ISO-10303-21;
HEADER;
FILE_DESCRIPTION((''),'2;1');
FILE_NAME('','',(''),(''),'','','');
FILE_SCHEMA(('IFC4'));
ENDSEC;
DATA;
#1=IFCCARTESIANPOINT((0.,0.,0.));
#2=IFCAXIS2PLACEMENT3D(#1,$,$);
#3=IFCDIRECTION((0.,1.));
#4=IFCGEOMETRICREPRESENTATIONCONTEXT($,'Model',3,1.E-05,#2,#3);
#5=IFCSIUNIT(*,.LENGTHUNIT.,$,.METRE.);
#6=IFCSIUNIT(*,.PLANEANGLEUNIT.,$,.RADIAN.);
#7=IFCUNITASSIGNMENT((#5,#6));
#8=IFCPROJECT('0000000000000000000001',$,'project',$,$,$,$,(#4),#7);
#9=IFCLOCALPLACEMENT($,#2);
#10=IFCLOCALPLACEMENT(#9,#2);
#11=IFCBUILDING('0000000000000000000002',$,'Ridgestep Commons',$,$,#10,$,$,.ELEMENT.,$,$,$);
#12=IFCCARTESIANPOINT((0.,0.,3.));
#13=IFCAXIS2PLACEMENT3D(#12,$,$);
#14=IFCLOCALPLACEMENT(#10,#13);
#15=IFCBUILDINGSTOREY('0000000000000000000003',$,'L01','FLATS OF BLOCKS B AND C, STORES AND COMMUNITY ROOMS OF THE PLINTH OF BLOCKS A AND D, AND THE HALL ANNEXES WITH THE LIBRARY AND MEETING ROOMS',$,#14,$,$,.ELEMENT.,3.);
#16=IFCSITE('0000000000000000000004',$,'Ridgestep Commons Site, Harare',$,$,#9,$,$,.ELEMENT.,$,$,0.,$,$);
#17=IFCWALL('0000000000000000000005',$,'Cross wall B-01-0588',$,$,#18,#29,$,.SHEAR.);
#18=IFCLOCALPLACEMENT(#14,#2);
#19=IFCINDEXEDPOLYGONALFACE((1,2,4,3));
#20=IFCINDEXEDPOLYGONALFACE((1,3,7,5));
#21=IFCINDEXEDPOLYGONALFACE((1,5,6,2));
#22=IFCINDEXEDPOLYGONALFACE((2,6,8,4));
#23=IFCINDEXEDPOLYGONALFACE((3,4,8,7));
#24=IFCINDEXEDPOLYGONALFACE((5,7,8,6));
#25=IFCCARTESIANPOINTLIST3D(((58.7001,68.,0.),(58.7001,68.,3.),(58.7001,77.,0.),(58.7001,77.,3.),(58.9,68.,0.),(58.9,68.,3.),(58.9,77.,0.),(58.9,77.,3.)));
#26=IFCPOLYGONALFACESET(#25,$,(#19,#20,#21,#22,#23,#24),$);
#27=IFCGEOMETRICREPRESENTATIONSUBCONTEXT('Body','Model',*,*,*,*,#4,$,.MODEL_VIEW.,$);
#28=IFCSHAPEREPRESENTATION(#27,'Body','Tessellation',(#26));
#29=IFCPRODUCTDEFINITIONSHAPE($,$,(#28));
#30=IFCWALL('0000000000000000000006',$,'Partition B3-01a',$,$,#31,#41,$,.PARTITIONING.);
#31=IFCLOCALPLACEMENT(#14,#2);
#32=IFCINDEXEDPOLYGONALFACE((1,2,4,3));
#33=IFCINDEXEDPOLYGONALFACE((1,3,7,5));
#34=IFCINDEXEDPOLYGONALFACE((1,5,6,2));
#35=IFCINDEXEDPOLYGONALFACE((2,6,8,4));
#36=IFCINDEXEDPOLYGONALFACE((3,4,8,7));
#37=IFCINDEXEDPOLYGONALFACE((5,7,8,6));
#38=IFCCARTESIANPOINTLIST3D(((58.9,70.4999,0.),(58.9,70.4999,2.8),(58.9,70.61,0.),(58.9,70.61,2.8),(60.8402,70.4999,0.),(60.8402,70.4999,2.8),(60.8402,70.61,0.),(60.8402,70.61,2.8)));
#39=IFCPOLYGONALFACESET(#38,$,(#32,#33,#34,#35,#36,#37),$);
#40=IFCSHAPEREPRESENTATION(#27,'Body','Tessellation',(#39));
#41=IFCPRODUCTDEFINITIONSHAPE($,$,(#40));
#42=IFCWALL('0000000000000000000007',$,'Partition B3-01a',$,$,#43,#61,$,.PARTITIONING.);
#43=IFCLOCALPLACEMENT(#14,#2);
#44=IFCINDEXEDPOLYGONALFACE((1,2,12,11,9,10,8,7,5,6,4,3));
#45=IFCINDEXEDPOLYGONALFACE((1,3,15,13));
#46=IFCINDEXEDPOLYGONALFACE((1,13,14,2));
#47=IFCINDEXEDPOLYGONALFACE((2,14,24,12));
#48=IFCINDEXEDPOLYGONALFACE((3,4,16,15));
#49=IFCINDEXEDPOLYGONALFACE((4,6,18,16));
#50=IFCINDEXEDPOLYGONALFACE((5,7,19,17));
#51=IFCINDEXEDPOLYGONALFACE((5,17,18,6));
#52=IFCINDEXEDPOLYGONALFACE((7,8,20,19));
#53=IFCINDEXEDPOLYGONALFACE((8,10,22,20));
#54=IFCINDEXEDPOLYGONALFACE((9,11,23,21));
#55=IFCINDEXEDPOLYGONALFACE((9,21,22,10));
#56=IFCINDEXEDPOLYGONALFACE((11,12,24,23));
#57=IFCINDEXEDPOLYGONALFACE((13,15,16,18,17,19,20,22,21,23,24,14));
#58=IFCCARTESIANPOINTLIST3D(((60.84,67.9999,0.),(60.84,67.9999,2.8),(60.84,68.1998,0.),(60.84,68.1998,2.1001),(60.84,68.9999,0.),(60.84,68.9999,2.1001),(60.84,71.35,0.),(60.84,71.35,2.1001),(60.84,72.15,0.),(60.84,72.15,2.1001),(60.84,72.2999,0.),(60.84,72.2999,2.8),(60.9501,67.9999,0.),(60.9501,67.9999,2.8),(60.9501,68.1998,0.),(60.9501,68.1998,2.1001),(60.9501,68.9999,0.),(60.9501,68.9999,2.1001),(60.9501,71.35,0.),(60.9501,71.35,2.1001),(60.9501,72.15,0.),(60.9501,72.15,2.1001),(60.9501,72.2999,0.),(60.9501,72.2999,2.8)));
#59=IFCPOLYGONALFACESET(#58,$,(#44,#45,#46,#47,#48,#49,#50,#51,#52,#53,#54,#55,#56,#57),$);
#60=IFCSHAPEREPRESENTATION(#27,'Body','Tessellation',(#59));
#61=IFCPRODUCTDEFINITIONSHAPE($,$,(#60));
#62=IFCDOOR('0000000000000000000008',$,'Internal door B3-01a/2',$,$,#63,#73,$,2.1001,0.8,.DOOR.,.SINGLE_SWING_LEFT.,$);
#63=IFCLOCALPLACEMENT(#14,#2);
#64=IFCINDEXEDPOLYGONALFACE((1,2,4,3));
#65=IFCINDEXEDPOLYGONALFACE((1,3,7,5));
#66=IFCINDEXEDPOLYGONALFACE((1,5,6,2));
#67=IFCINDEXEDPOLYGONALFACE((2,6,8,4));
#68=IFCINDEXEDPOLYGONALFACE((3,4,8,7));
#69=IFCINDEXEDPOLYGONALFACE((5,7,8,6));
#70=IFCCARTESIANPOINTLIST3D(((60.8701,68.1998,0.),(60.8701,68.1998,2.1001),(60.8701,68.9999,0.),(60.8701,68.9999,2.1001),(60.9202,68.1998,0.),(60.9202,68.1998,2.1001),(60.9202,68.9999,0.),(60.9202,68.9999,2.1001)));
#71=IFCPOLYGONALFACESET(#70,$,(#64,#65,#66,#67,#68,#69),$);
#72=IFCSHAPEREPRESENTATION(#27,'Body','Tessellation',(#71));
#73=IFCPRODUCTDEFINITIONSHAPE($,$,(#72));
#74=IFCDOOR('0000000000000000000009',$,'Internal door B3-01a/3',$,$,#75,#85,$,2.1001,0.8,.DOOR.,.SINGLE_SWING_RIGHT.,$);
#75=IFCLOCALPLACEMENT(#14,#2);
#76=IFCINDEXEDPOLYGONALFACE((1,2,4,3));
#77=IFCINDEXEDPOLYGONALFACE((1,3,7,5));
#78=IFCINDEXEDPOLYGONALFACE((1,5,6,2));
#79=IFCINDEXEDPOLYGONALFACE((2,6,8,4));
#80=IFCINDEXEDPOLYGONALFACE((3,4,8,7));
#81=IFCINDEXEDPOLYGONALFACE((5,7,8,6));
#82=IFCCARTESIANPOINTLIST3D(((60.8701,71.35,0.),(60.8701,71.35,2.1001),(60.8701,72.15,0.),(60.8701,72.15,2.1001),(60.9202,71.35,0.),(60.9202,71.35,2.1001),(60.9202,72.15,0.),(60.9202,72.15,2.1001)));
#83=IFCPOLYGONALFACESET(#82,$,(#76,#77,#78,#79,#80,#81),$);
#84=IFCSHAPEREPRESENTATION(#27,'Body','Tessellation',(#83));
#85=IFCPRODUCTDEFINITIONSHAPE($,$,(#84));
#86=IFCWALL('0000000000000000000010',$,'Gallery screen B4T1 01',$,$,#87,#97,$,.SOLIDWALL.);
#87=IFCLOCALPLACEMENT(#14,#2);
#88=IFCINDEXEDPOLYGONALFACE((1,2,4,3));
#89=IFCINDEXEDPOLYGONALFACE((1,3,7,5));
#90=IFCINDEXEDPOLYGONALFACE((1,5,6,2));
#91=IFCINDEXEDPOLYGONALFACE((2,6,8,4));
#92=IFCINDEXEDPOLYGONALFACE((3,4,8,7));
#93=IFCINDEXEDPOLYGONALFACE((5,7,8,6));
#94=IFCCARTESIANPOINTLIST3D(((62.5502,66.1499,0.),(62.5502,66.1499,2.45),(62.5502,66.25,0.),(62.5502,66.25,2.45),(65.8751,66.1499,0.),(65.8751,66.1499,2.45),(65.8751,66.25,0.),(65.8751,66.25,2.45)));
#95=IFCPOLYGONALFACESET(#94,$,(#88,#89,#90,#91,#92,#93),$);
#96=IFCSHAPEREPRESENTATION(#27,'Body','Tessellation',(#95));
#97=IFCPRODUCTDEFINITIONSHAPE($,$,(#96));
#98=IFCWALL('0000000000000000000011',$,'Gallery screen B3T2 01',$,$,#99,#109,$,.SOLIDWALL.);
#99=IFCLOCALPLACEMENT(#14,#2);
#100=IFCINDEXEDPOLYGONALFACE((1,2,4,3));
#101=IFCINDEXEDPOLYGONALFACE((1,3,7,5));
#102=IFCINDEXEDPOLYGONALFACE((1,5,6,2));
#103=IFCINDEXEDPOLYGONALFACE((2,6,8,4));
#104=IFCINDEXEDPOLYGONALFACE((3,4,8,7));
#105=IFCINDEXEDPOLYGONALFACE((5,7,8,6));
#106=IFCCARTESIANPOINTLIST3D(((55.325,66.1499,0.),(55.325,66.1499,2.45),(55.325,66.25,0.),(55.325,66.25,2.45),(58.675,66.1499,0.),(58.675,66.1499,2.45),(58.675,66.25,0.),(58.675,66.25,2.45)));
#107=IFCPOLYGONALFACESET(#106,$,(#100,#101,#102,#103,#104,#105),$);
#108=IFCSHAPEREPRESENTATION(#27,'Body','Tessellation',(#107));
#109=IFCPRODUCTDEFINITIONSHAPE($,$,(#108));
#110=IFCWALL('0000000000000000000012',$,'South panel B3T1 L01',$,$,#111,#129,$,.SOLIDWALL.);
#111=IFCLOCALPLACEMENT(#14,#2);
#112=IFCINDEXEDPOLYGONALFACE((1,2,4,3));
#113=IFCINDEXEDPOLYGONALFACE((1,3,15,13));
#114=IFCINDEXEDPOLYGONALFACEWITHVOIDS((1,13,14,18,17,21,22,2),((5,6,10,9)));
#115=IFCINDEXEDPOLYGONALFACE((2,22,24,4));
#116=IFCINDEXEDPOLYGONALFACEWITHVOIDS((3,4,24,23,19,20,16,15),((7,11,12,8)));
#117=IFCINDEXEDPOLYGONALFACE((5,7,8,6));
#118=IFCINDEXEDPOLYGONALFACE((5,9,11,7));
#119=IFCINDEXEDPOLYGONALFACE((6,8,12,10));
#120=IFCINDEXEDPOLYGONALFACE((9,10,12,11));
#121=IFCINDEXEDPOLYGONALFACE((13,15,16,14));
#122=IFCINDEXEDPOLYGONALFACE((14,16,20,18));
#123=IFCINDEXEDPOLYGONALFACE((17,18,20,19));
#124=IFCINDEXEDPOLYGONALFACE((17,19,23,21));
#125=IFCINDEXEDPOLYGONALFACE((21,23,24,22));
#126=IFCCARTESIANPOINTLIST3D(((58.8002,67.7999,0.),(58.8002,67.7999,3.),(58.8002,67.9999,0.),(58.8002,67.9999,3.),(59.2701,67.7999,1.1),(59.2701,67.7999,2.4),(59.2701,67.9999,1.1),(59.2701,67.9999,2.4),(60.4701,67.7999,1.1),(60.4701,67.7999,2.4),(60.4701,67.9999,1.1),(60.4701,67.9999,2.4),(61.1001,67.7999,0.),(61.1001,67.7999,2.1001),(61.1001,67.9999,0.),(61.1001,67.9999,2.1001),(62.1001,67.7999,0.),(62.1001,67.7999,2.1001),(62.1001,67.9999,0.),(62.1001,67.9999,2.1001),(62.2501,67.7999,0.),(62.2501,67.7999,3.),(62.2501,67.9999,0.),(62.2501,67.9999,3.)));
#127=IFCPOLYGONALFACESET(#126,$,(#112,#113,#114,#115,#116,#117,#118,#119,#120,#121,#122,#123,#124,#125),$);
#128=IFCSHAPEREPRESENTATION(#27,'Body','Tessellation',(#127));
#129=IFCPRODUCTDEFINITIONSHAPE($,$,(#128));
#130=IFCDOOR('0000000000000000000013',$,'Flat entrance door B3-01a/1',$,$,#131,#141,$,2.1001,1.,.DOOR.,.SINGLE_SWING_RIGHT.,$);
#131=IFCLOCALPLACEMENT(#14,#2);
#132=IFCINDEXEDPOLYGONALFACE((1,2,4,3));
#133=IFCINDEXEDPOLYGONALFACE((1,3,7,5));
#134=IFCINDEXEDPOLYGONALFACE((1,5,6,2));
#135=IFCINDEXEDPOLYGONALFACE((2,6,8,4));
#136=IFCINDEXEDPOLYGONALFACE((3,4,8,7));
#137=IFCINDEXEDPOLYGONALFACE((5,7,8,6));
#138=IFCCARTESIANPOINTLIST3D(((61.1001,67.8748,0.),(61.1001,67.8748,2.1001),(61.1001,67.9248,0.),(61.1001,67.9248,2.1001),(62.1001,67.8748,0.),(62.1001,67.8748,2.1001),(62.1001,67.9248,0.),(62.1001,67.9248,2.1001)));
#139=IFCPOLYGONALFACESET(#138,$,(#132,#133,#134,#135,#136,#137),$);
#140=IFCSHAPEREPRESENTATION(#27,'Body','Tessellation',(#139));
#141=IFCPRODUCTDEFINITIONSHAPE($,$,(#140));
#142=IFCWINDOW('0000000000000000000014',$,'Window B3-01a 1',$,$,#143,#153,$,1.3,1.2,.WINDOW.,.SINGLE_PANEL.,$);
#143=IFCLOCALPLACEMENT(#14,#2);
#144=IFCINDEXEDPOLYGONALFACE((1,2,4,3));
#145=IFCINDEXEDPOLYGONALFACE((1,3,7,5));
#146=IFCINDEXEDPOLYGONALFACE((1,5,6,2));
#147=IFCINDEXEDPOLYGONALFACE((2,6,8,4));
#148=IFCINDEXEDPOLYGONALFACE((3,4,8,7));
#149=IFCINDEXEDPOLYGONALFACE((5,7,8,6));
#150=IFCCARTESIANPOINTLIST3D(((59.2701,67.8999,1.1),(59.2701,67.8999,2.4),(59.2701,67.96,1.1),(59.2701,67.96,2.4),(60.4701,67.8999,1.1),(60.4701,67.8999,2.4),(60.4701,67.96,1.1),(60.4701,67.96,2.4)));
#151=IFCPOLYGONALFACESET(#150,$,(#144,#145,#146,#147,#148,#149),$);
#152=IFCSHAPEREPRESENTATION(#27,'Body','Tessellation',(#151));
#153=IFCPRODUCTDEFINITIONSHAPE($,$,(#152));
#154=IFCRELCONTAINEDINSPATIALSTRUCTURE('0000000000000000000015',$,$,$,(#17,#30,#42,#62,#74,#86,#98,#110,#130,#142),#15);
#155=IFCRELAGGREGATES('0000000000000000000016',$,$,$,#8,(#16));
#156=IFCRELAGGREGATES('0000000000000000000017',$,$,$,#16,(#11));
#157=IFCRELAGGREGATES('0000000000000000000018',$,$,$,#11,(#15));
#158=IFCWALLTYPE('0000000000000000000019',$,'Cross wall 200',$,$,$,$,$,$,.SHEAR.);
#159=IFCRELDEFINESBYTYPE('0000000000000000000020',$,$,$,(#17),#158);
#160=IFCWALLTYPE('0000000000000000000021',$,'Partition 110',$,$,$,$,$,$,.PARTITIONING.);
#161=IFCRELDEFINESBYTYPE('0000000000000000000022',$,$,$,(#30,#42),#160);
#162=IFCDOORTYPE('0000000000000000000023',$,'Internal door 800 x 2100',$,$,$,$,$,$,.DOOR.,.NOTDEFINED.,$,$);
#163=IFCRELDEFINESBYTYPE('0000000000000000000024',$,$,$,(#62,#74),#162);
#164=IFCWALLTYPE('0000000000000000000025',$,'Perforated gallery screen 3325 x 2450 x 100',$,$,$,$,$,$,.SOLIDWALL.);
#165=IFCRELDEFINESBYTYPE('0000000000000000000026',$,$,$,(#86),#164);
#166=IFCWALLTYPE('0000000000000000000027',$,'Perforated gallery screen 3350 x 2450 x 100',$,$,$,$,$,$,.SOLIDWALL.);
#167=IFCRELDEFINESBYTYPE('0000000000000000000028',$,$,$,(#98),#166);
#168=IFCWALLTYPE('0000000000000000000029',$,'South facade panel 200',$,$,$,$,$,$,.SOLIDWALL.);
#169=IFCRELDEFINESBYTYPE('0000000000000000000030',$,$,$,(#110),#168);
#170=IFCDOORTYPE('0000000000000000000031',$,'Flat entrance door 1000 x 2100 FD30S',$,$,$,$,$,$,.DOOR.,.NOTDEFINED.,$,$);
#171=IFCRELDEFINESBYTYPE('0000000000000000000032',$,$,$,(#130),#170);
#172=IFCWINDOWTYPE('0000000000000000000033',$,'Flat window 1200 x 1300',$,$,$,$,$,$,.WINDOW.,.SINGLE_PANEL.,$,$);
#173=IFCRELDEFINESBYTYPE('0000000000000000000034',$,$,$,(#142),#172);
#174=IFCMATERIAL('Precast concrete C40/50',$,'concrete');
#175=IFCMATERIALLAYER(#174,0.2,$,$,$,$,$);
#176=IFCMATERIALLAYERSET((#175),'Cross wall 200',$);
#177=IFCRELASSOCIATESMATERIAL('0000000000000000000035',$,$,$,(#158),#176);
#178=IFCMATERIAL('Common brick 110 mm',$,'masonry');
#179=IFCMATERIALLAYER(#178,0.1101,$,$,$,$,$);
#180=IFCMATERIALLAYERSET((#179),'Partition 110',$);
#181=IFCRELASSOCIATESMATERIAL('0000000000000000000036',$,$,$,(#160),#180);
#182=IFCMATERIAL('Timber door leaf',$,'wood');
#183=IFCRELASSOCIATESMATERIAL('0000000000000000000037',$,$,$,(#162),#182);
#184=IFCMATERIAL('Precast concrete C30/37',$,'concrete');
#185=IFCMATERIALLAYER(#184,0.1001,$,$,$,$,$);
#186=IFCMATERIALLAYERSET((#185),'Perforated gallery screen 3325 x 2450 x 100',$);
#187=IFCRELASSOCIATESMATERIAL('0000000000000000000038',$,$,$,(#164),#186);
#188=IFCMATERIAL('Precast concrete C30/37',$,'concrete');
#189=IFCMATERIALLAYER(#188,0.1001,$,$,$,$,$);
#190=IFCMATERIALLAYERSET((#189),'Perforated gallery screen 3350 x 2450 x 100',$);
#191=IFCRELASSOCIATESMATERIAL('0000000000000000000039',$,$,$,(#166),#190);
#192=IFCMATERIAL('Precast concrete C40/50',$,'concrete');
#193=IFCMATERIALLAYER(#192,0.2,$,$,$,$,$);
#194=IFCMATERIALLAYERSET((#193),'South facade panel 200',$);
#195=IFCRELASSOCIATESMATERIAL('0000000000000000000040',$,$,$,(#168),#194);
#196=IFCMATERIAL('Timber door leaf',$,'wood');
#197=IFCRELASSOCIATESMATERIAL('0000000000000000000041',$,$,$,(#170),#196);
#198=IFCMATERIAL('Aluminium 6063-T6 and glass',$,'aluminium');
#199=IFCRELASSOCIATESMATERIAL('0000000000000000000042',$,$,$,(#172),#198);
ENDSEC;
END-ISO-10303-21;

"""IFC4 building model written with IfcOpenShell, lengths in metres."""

from ifc_helpers import new_model, si_unit, direction, frame, frame_2d, origin, place, context, subcontext, project, spatial, rectangle, extrude, material, layer, layer_set, type_object, element, fill, save


model = new_model("IFC4")

# Units and contexts
model_context = context("Model", 3, precision=1e-05, world=origin(), true_north=direction((0.0, 1.0)))
body_context = subcontext(model_context, "Body", "Model", "MODEL_VIEW")
ifc_project = project(units=[si_unit("LENGTHUNIT", "METRE"), si_unit("PLANEANGLEUNIT", "RADIAN")], contexts=[model_context])

# Site, building, storey
site_placement = place(None, origin())
site = spatial("IfcSite", under=ifc_project, at=site_placement, Name="Ridgestep Commons Site, Harare", CompositionType="ELEMENT", RefElevation=0.0)
building_placement = place(site_placement, origin())
building = spatial("IfcBuilding", under=site, at=building_placement, Name="Ridgestep Commons", CompositionType="ELEMENT")
storey_placement = place(building_placement, frame((0.0, 0.0, 3.0)))
storey = spatial("IfcBuildingStorey", under=building, at=storey_placement, Name="L01", Description="FLATS OF BLOCKS B AND C, STORES AND COMMUNITY ROOMS OF THE PLINTH OF BLOCKS A AND D, AND THE HALL ANNEXES WITH THE LIBRARY AND MEETING ROOMS", CompositionType="ELEMENT", Elevation=3.0)

# Walls
ifc_material_1 = material(Name="Precast concrete C40/50", Category="concrete")
ifc_layer_1 = layer(ifc_material_1, 0.2)
ifc_layer_set_1 = layer_set([ifc_layer_1], Name="Cross wall 200")
wall_type_1 = type_object("IfcWallType", Name="Cross wall 200", PredefinedType="SHEAR", material=ifc_layer_set_1)
wall_1_placement = place(storey_placement, frame((58.8, 68.0, 0.0), z_axis=(0.0, 0.0, 1.0), x_axis=(0.0, 1.0, 0.0)))
element("IfcWall", 1, at=wall_1_placement, inside=storey, type_object=wall_type_1, Name="Cross wall B-01-0588", PredefinedType="SHEAR", context=body_context, shape_type="SweptSolid", body=[
    extrude(rectangle(XDim=9.0, YDim=0.2, at=frame_2d((4.5, 0.0))), origin(), (0.0, 0.0, 1.0), 3.0),
])
ifc_material_2 = material(Name="Common brick 110 mm", Category="masonry")
ifc_layer_2 = layer(ifc_material_2, 0.1101)
ifc_layer_set_2 = layer_set([ifc_layer_2], Name="Partition 110")
wall_type_2 = type_object("IfcWallType", Name="Partition 110", PredefinedType="PARTITIONING", material=ifc_layer_set_2)
wall_2_placement = place(storey_placement, frame((58.8999, 70.5549, 0.0), z_axis=(0.0, 0.0, 1.0), x_axis=(1.0, 0.0, 0.0)))
element("IfcWall", 2, at=wall_2_placement, inside=storey, type_object=wall_type_2, Name="Partition B3-01a", PredefinedType="PARTITIONING", context=body_context, shape_type="SweptSolid", body=[
    extrude(rectangle(XDim=1.9402, YDim=0.1101, at=frame_2d((0.9702, 0.0))), origin(), (0.0, 0.0, 1.0), 2.8),
])

# Wall, openings, doors
wall_3_placement = place(storey_placement, frame((60.895, 68.0, 0.0), z_axis=(0.0, 0.0, 1.0), x_axis=(0.0, 1.0, 0.0)))
wall_3 = element("IfcWall", 3, at=wall_3_placement, inside=storey, type_object=wall_type_2, Name="Partition B3-01a", PredefinedType="PARTITIONING", context=body_context, shape_type="SweptSolid", body=[
    extrude(rectangle(XDim=4.3, YDim=0.1101, at=frame_2d((2.1499, 0.0))), origin(), (0.0, 0.0, 1.0), 2.8),
])
opening_1_placement = place(wall_3_placement, frame((0.2, 0.0, 0.0)))
opening_1 = element("IfcOpeningElement", 4, at=opening_1_placement, cuts=wall_3, PredefinedType="OPENING", context=body_context, shape_type="SweptSolid", body=[
    extrude(rectangle(XDim=0.8, YDim=2.1001, at=frame_2d((0.3999, 1.05))), frame((0.0, 0.0649, 0.0), z_axis=(0.0, -1.0, 0.0), x_axis=(1.0, 0.0, 0.0)), (0.0, 0.0, 1.0), 0.1301),
])
opening_2_placement = place(wall_3_placement, frame((3.3501, 0.0, 0.0)))
opening_2 = element("IfcOpeningElement", 5, at=opening_2_placement, cuts=wall_3, PredefinedType="OPENING", context=body_context, shape_type="SweptSolid", body=[
    extrude(rectangle(XDim=0.8, YDim=2.1001, at=frame_2d((0.3999, 1.05))), frame((0.0, 0.0649, 0.0), z_axis=(0.0, -1.0, 0.0), x_axis=(1.0, 0.0, 0.0)), (0.0, 0.0, 1.0), 0.1301),
])
ifc_material_3 = material(Name="Timber door leaf", Category="wood")
door_type_1 = type_object("IfcDoorType", Name="Internal door 800 x 2100", OperationType="NOTDEFINED", PredefinedType="DOOR", material=ifc_material_3)
door_1_placement = place(opening_1_placement, origin())
door_1 = element("IfcDoor", 6, at=door_1_placement, inside=storey, type_object=door_type_1, Name="Internal door B3-01a/2", OperationType="SINGLE_SWING_LEFT", OverallHeight=2.1001, OverallWidth=0.8, PredefinedType="DOOR", context=body_context, shape_type="SweptSolid", body=[
    extrude(rectangle(XDim=0.8, YDim=2.1001, at=frame_2d((0.3999, 1.05))), frame((0.0, 0.0249, 0.0), z_axis=(0.0, -1.0, 0.0), x_axis=(1.0, 0.0, 0.0)), (0.0, 0.0, 1.0), 0.05),
])
fill(opening_1, door_1)
door_2_placement = place(opening_2_placement, origin())
door_2 = element("IfcDoor", 7, at=door_2_placement, inside=storey, type_object=door_type_1, Name="Internal door B3-01a/3", OperationType="SINGLE_SWING_RIGHT", OverallHeight=2.1001, OverallWidth=0.8, PredefinedType="DOOR", context=body_context, shape_type="SweptSolid", body=[
    extrude(rectangle(XDim=0.8, YDim=2.1001, at=frame_2d((0.3999, 1.05))), frame((0.0, 0.0249, 0.0), z_axis=(0.0, -1.0, 0.0), x_axis=(1.0, 0.0, 0.0)), (0.0, 0.0, 1.0), 0.05),
])
fill(opening_2, door_2)

# Walls
ifc_material_4 = material(Name="Precast concrete C30/37", Category="concrete")
ifc_layer_3 = layer(ifc_material_4, 0.1001)
ifc_layer_set_3 = layer_set([ifc_layer_3], Name="Perforated gallery screen 3325 x 2450 x 100")
wall_type_3 = type_object("IfcWallType", Name="Perforated gallery screen 3325 x 2450 x 100", PredefinedType="SOLIDWALL", material=ifc_layer_set_3)
wall_4_placement = place(storey_placement, frame((62.55, 66.2, 0.0), z_axis=(0.0, 0.0, 1.0), x_axis=(1.0, 0.0, 0.0)))
element("IfcWall", 8, at=wall_4_placement, inside=storey, type_object=wall_type_3, Name="Gallery screen B4T1 01", PredefinedType="SOLIDWALL", context=body_context, shape_type="SweptSolid", body=[
    extrude(rectangle(XDim=3.325, YDim=0.1001, at=frame_2d((1.6626, 0.0))), origin(), (0.0, 0.0, 1.0), 2.45),
])
ifc_material_5 = material(Name="Precast concrete C30/37", Category="concrete")
ifc_layer_4 = layer(ifc_material_5, 0.1001)
ifc_layer_set_4 = layer_set([ifc_layer_4], Name="Perforated gallery screen 3350 x 2450 x 100")
wall_type_4 = type_object("IfcWallType", Name="Perforated gallery screen 3350 x 2450 x 100", PredefinedType="SOLIDWALL", material=ifc_layer_set_4)
wall_5_placement = place(storey_placement, frame((55.325, 66.2, 0.0), z_axis=(0.0, 0.0, 1.0), x_axis=(1.0, 0.0, 0.0)))
element("IfcWall", 9, at=wall_5_placement, inside=storey, type_object=wall_type_4, Name="Gallery screen B3T2 01", PredefinedType="SOLIDWALL", context=body_context, shape_type="SweptSolid", body=[
    extrude(rectangle(XDim=3.3501, YDim=0.1001, at=frame_2d((1.675, 0.0))), origin(), (0.0, 0.0, 1.0), 2.45),
])

# Wall, openings, door, window
ifc_material_6 = material(Name="Precast concrete C40/50", Category="concrete")
ifc_layer_5 = layer(ifc_material_6, 0.2)
ifc_layer_set_5 = layer_set([ifc_layer_5], Name="South facade panel 200")
wall_type_5 = type_object("IfcWallType", Name="South facade panel 200", PredefinedType="SOLIDWALL", material=ifc_layer_set_5)
wall_6_placement = place(storey_placement, frame((58.8, 67.8999, 0.0), z_axis=(0.0, 0.0, 1.0), x_axis=(1.0, 0.0, 0.0)))
wall_6 = element("IfcWall", 10, at=wall_6_placement, inside=storey, type_object=wall_type_5, Name="South panel B3T1 L01", PredefinedType="SOLIDWALL", context=body_context, shape_type="SweptSolid", body=[
    extrude(rectangle(XDim=3.45, YDim=0.2, at=frame_2d((1.7251, 0.0))), origin(), (0.0, 0.0, 1.0), 3.0),
])
opening_3_placement = place(wall_6_placement, frame((0.47, 0.0, 1.1001)))
opening_3 = element("IfcOpeningElement", 11, at=opening_3_placement, cuts=wall_6, PredefinedType="OPENING", context=body_context, shape_type="SweptSolid", body=[
    extrude(rectangle(XDim=1.2, YDim=1.3, at=frame_2d((0.6001, 0.6499))), frame((0.0, 0.1099, 0.0), z_axis=(0.0, -1.0, 0.0), x_axis=(1.0, 0.0, 0.0)), (0.0, 0.0, 1.0), 0.22),
])
opening_4_placement = place(wall_6_placement, frame((2.3, 0.0, 0.0)))
opening_4 = element("IfcOpeningElement", 12, at=opening_4_placement, cuts=wall_6, PredefinedType="OPENING", context=body_context, shape_type="SweptSolid", body=[
    extrude(rectangle(XDim=1.0, YDim=2.1001, at=frame_2d((0.5, 1.05))), frame((0.0, 0.1099, 0.0), z_axis=(0.0, -1.0, 0.0), x_axis=(1.0, 0.0, 0.0)), (0.0, 0.0, 1.0), 0.22),
])
ifc_material_7 = material(Name="Timber door leaf", Category="wood")
door_type_2 = type_object("IfcDoorType", Name="Flat entrance door 1000 x 2100 FD30S", OperationType="NOTDEFINED", PredefinedType="DOOR", material=ifc_material_7)
door_3_placement = place(opening_4_placement, origin())
door_3 = element("IfcDoor", 13, at=door_3_placement, inside=storey, type_object=door_type_2, Name="Flat entrance door B3-01a/1", OperationType="SINGLE_SWING_RIGHT", OverallHeight=2.1001, OverallWidth=1.0, PredefinedType="DOOR", context=body_context, shape_type="SweptSolid", body=[
    extrude(rectangle(XDim=1.0, YDim=2.1001, at=frame_2d((0.5, 1.05))), frame((0.0, 0.0249, 0.0), z_axis=(0.0, -1.0, 0.0), x_axis=(1.0, 0.0, 0.0)), (0.0, 0.0, 1.0), 0.05),
])
fill(opening_4, door_3)
ifc_material_8 = material(Name="Aluminium 6063-T6 and glass", Category="aluminium")
window_type_1 = type_object("IfcWindowType", Name="Flat window 1200 x 1300", PartitioningType="SINGLE_PANEL", PredefinedType="WINDOW", material=ifc_material_8)
window_1_placement = place(opening_3_placement, origin())
window_1 = element("IfcWindow", 14, at=window_1_placement, inside=storey, type_object=window_type_1, Name="Window B3-01a 1", OverallHeight=1.3, OverallWidth=1.2, PartitioningType="SINGLE_PANEL", PredefinedType="WINDOW", context=body_context, shape_type="SweptSolid", body=[
    extrude(rectangle(XDim=1.2, YDim=1.3, at=frame_2d((0.6001, 0.6499))), frame((0.0, 0.0601, 0.0), z_axis=(0.0, -1.0, 0.0), x_axis=(1.0, 0.0, 0.0)), (0.0, 0.0, 1.0), 0.0601),
])
fill(opening_3, window_1)

save(model, "model.ifc")
